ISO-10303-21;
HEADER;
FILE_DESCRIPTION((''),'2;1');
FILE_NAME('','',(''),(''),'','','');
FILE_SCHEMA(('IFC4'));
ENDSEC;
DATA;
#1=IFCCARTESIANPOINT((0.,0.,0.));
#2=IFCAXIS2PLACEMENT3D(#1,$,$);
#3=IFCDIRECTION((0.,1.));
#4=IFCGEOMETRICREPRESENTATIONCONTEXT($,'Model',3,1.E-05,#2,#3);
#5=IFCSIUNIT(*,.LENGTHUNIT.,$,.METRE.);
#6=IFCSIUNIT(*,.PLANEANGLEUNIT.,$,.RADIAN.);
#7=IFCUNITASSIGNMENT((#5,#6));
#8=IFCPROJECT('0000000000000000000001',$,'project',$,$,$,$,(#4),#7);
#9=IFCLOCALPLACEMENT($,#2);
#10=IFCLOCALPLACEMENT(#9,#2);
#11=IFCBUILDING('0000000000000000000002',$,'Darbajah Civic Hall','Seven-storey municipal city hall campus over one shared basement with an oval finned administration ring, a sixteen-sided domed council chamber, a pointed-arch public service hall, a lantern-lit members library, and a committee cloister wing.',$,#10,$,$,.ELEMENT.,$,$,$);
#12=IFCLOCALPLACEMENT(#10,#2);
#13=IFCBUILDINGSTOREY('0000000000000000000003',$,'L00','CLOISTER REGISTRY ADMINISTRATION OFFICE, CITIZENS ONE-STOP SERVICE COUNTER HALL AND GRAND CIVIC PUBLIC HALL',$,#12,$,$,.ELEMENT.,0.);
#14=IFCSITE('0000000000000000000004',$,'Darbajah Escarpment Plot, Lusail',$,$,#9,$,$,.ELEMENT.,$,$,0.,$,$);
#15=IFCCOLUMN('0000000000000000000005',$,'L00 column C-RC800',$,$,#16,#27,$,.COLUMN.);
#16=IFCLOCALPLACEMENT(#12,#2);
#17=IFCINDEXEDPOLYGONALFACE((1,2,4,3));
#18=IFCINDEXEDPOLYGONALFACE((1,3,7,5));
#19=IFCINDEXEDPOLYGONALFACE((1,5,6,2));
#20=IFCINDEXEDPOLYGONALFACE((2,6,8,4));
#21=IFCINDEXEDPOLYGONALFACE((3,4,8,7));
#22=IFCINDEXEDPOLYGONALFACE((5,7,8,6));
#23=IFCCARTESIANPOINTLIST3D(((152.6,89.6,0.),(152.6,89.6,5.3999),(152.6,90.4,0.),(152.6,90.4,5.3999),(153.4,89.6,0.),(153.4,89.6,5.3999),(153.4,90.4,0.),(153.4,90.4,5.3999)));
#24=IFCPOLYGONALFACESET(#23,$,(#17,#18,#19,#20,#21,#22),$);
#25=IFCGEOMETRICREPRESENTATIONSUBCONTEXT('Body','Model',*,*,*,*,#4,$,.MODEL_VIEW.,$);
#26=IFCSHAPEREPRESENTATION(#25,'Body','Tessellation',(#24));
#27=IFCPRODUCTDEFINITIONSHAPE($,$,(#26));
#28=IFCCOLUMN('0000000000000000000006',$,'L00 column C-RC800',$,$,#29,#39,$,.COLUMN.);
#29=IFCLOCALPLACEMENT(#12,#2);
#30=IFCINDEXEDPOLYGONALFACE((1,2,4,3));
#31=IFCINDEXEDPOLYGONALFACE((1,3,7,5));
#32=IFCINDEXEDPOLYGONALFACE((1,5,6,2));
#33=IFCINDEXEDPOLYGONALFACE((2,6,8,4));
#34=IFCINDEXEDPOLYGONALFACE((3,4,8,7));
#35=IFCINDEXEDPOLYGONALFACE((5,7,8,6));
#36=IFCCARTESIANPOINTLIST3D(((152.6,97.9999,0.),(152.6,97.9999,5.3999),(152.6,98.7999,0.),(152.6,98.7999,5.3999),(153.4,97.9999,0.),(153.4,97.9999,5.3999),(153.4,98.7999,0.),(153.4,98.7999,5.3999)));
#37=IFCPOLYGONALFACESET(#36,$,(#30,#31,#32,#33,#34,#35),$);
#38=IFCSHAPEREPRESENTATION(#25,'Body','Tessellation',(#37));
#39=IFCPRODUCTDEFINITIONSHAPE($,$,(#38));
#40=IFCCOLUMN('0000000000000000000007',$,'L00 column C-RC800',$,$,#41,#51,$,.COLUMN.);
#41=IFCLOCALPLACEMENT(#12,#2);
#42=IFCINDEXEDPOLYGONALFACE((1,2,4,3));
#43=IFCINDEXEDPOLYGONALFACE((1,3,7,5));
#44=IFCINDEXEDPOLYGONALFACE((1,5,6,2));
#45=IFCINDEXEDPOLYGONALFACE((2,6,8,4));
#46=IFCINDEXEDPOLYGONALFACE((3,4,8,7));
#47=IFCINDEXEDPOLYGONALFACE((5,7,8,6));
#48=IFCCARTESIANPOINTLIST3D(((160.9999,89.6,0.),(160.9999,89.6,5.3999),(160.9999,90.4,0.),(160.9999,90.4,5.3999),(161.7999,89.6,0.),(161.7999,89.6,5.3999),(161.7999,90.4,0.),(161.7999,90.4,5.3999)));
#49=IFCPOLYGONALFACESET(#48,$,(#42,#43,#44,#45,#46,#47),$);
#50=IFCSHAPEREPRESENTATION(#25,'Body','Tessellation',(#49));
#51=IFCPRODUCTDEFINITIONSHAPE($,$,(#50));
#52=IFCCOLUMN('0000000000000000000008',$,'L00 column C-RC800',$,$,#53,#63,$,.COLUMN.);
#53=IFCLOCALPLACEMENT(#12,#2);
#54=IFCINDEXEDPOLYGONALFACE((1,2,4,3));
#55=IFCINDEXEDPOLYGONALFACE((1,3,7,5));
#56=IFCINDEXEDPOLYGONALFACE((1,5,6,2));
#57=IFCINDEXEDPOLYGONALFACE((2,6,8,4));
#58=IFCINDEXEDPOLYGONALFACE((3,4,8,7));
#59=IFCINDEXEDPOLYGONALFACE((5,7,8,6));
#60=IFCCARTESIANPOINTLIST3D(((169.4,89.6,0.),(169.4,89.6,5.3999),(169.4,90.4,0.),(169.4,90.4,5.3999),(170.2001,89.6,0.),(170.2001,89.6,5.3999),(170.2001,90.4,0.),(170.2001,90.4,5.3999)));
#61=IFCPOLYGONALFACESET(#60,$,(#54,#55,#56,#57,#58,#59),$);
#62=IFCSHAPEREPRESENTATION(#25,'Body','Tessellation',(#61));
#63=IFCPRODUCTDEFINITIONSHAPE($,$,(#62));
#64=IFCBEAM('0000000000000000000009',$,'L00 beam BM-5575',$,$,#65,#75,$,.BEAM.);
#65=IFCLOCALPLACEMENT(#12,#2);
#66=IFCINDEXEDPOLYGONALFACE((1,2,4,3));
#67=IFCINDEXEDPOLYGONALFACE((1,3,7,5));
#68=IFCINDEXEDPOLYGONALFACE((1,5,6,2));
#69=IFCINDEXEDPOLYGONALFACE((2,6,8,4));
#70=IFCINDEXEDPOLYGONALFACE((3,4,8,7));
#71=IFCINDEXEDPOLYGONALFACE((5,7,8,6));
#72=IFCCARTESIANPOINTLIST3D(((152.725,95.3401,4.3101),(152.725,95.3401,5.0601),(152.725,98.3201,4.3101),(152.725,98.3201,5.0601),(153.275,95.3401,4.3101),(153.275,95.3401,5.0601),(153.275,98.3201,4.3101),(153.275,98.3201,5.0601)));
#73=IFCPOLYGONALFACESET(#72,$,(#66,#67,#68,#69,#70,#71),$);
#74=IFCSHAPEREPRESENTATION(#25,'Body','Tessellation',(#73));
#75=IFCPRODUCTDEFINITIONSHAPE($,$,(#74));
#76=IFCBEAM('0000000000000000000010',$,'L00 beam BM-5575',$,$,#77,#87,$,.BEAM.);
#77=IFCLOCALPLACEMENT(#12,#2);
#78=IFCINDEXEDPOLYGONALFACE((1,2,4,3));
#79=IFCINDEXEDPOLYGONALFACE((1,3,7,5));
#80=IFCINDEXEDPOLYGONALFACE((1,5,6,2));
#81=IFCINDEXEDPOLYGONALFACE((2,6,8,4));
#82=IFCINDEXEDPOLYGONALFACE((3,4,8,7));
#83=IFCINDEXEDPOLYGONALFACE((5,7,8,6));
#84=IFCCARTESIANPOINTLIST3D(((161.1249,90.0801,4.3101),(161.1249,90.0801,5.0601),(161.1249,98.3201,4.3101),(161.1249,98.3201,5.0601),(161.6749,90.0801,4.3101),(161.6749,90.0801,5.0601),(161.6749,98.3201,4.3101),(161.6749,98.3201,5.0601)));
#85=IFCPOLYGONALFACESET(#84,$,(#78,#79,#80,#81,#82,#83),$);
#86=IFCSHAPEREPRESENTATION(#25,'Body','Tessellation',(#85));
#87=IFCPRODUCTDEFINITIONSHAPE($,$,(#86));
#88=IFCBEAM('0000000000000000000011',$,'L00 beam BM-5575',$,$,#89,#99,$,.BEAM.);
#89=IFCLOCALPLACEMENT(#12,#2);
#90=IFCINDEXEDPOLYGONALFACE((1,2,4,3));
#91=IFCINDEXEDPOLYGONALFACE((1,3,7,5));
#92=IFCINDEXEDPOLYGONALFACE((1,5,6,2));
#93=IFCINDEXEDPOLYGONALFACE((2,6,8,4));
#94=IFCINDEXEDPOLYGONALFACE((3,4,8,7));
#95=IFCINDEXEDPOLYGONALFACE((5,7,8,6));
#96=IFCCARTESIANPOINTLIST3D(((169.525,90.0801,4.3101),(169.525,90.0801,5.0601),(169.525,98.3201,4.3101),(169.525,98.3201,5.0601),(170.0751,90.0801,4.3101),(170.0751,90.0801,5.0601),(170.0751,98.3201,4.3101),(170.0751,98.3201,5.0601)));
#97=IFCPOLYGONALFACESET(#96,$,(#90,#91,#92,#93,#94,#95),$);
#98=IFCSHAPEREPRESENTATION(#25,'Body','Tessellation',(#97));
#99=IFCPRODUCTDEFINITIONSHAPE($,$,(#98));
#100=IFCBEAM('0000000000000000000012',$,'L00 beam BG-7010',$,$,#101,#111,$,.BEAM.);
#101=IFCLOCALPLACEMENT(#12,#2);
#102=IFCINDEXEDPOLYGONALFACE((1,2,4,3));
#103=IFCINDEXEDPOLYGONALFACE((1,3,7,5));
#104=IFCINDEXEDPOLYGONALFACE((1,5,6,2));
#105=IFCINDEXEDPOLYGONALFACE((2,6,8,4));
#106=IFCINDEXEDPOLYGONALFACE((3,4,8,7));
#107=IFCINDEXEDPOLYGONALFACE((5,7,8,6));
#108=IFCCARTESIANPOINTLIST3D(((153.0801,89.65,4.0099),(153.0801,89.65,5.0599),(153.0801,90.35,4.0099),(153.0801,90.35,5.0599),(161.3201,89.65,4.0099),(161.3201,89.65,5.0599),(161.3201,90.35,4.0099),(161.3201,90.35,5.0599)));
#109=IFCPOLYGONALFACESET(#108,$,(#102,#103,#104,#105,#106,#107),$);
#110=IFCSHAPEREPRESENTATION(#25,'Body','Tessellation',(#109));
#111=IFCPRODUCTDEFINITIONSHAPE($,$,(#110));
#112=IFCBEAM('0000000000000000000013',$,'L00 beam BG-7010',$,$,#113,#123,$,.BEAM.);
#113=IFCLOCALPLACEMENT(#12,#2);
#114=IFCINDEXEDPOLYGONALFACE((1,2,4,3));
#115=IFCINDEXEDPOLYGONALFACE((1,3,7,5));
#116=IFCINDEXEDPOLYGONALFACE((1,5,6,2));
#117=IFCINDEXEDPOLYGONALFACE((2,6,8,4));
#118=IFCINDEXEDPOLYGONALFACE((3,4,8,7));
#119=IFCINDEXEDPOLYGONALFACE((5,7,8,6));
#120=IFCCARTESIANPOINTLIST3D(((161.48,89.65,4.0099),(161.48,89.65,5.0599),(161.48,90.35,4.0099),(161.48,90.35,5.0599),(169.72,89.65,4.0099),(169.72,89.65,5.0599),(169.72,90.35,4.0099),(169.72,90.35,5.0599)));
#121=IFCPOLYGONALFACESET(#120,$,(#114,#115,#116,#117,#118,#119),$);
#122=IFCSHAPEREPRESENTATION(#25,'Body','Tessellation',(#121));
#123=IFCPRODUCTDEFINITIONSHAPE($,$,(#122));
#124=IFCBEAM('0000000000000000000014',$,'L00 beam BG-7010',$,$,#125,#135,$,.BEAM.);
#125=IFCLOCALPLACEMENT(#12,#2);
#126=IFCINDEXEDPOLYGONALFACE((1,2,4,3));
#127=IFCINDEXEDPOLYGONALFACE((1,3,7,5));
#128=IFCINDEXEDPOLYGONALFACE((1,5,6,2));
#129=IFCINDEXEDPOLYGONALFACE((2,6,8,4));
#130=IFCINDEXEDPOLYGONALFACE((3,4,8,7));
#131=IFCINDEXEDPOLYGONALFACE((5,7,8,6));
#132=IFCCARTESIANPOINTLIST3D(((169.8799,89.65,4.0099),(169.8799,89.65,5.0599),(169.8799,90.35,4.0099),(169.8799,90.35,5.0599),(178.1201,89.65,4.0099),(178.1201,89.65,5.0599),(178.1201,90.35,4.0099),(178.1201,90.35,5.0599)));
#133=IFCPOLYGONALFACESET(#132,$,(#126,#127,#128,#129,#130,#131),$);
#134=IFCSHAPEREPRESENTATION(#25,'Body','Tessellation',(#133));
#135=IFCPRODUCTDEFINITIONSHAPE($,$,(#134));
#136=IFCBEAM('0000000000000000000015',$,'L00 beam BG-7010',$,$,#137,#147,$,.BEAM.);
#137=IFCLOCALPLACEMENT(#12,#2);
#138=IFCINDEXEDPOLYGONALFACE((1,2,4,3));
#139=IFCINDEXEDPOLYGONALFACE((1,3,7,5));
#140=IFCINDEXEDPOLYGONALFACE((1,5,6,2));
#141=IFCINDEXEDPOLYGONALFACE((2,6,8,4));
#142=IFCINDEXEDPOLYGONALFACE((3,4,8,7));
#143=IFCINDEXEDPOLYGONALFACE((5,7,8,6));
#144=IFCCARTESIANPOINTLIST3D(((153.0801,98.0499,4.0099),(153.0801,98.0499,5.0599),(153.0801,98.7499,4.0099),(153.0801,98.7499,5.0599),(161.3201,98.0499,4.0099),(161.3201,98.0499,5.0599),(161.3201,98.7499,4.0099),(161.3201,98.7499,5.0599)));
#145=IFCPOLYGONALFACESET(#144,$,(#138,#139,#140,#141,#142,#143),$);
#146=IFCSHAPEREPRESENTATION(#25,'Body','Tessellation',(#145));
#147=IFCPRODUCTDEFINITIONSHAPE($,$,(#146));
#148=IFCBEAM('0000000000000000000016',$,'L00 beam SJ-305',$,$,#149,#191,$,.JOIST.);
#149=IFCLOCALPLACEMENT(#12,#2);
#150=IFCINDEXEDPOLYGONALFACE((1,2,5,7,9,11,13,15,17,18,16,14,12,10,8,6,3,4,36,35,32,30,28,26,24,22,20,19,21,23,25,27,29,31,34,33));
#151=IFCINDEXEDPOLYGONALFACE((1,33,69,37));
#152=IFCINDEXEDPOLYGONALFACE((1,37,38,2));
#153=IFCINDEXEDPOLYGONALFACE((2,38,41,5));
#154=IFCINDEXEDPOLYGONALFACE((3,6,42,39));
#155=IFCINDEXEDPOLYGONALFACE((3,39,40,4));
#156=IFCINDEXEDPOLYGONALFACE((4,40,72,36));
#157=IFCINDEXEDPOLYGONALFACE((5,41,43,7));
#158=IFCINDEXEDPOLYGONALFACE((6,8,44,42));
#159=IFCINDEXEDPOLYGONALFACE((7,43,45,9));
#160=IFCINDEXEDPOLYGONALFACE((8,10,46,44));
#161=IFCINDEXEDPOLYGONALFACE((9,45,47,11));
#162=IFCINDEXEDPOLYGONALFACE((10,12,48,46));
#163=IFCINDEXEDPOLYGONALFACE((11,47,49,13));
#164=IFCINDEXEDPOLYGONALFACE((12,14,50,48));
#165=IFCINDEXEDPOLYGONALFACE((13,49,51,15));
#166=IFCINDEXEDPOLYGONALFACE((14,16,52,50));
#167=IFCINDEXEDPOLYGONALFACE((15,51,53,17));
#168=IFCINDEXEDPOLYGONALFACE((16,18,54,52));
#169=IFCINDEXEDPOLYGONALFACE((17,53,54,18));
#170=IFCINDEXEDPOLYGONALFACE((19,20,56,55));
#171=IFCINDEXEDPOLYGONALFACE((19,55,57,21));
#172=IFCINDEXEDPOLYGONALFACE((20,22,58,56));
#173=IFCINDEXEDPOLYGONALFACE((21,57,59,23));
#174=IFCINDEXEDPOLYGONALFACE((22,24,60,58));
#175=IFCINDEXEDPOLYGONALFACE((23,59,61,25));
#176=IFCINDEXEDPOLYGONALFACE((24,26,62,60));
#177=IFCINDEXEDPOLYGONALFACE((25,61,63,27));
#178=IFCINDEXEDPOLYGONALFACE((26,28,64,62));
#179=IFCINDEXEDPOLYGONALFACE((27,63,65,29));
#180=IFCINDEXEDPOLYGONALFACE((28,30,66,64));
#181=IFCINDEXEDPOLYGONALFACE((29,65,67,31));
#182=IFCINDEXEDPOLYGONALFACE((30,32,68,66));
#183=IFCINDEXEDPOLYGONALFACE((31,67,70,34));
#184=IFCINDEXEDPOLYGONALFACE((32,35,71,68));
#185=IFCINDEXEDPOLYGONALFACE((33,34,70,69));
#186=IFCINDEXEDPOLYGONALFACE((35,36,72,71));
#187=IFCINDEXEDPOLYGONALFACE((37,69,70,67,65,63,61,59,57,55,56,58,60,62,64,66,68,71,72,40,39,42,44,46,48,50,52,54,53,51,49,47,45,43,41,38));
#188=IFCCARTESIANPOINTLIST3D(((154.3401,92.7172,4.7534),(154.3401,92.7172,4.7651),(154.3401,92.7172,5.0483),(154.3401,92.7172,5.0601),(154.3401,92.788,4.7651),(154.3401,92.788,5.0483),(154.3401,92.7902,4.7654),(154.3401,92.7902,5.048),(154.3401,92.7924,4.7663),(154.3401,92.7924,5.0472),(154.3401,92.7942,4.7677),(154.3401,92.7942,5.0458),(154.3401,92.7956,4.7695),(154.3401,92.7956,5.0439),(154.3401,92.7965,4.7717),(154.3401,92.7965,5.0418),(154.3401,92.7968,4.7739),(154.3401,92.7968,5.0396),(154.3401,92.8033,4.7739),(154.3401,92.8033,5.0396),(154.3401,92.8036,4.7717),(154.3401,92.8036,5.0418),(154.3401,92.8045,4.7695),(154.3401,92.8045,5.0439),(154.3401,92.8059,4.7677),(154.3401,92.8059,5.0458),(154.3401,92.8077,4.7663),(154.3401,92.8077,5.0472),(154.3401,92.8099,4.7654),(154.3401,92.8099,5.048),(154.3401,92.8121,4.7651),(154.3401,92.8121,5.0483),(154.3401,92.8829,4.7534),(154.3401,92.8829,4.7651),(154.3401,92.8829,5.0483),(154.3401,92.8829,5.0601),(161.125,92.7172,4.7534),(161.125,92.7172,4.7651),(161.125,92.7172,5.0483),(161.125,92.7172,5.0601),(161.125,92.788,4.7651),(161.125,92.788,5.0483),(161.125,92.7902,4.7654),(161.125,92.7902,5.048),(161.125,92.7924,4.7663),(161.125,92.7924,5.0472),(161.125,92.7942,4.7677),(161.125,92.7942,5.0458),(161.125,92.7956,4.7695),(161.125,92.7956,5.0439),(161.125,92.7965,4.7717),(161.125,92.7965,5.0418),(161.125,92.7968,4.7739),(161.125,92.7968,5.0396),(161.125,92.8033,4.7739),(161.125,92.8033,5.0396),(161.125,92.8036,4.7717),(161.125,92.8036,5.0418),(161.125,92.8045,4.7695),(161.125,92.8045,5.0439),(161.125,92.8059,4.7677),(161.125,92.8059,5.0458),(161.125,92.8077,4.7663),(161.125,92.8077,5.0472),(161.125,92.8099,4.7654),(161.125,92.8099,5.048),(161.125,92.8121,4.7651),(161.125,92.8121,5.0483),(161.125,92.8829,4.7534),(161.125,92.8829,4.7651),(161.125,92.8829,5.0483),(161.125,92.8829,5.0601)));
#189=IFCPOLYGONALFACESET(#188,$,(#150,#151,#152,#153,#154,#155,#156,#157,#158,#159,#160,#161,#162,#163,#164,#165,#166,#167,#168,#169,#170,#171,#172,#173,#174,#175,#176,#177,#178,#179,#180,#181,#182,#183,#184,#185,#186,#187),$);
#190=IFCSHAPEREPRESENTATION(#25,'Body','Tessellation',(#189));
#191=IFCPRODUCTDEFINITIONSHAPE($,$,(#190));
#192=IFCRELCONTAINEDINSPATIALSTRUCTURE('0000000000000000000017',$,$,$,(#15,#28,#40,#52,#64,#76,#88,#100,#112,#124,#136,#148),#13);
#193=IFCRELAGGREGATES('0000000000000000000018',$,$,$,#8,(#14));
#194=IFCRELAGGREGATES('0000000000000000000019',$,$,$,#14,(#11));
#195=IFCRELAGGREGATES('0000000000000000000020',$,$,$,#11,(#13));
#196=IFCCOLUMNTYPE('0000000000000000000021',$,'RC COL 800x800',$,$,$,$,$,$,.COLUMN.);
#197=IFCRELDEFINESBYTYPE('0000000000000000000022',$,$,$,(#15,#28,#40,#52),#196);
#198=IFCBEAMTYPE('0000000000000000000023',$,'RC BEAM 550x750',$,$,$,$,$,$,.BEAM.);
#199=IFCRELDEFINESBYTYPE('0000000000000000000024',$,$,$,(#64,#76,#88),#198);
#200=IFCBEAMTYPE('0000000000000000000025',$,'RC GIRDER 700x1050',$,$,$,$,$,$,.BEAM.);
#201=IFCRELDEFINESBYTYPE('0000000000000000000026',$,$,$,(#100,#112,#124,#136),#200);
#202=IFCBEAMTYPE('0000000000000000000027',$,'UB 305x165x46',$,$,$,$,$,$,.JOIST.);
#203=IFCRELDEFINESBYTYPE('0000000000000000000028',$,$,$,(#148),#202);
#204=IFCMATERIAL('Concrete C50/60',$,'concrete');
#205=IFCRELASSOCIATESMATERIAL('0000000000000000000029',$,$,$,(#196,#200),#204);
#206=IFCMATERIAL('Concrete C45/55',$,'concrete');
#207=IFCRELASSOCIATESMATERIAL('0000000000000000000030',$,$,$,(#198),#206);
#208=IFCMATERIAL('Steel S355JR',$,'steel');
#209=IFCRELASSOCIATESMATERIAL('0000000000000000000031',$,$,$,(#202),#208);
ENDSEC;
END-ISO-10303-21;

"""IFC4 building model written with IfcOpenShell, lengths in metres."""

from ifc_helpers import new_model, si_unit, direction, frame, origin, origin_2d, place, context, subcontext, project, spatial, rectangle, i_section, extrude, material, material_profile, profile_set, type_object, element, save


model = new_model("IFC4")

# Units and contexts
model_context = context("Model", 3, precision=1e-05, world=origin(), true_north=direction((0.0, 1.0)))
body_context = subcontext(model_context, "Body", "Model", "MODEL_VIEW")
ifc_project = project(units=[si_unit("LENGTHUNIT", "METRE"), si_unit("PLANEANGLEUNIT", "RADIAN")], contexts=[model_context])

# Site, building, storey
site_placement = place(None, origin())
site = spatial("IfcSite", under=ifc_project, at=site_placement, Name="Darbajah Escarpment Plot, Lusail", CompositionType="ELEMENT", RefElevation=0.0)
building_placement = place(site_placement, origin())
building = spatial("IfcBuilding", under=site, at=building_placement, Name="Darbajah Civic Hall", Description="Seven-storey municipal city hall campus over one shared basement with an oval finned administration ring, a sixteen-sided domed council chamber, a pointed-arch public service hall, a lantern-lit members library, and a committee cloister wing.", CompositionType="ELEMENT")
storey_placement = place(building_placement, origin())
storey = spatial("IfcBuildingStorey", under=building, at=storey_placement, Name="L00", Description="CLOISTER REGISTRY ADMINISTRATION OFFICE, CITIZENS ONE-STOP SERVICE COUNTER HALL AND GRAND CIVIC PUBLIC HALL", CompositionType="ELEMENT", Elevation=0.0)

# Columns
ifc_material_1 = material(Name="Concrete C50/60", Category="concrete")
ifc_material_profile_1 = material_profile(ifc_material_1, rectangle(XDim=0.8, YDim=0.8, at=origin_2d()), Name="RC COL 800x800")
ifc_profile_set_1 = profile_set([ifc_material_profile_1], Name="Concrete C50/60")
column_type = type_object("IfcColumnType", Name="RC COL 800x800", PredefinedType="COLUMN", material=ifc_profile_set_1)
for number, where, z_axis, x_axis, name in (
    (1, (153.0, 90.0, 0.0), (0.0, 0.0, 1.0), (1.0, 0.0, 0.0), "L00 column C-RC800"),
    (2, (153.0, 98.3999, 0.0), (0.0, 0.0, 1.0), (1.0, 0.0, 0.0), "L00 column C-RC800"),
    (3, (161.3999, 90.0, 0.0), (0.0, 0.0, 1.0), (1.0, 0.0, 0.0), "L00 column C-RC800"),
    (4, (169.8, 90.0, 0.0), (0.0, 0.0, 1.0), (1.0, 0.0, 0.0), "L00 column C-RC800"),
):
    element("IfcColumn", number, at=place(storey_placement, frame(where, z_axis=z_axis, x_axis=x_axis)), inside=storey, type_object=column_type, Name=name, PredefinedType="COLUMN", context=body_context, shape_type="SweptSolid", body=[
        extrude(rectangle(XDim=0.8, YDim=0.8, at=origin_2d()), origin(), (0.0, 0.0, 1.0), 5.3999),
    ])

# Beams
ifc_material_2 = material(Name="Concrete C45/55", Category="concrete")
ifc_material_profile_2 = material_profile(ifc_material_2, rectangle(XDim=0.55, YDim=0.75, at=origin_2d()), Name="RC BEAM 550x750")
ifc_profile_set_2 = profile_set([ifc_material_profile_2], Name="Concrete C45/55")
beam_type_1 = type_object("IfcBeamType", Name="RC BEAM 550x750", PredefinedType="BEAM", material=ifc_profile_set_2)
beam_1_placement = place(storey_placement, frame((153.0, 95.3401, 4.6851), z_axis=(0.0, 1.0, 0.0), x_axis=(-1.0, 0.0, 0.0)))
element("IfcBeam", 5, at=beam_1_placement, inside=storey, type_object=beam_type_1, Name="L00 beam BM-5575", PredefinedType="BEAM", context=body_context, shape_type="SweptSolid", body=[
    extrude(rectangle(XDim=0.55, YDim=0.75, at=origin_2d()), origin(), (0.0, 0.0, 1.0), 2.98),
])
for number, where, z_axis, x_axis, name in (
    (6, (161.3999, 90.0801, 4.6851), (0.0, 1.0, 0.0), (-1.0, 0.0, 0.0), "L00 beam BM-5575"),
    (7, (169.8, 90.0801, 4.6851), (0.0, 1.0, 0.0), (-1.0, 0.0, 0.0), "L00 beam BM-5575"),
):
    element("IfcBeam", number, at=place(storey_placement, frame(where, z_axis=z_axis, x_axis=x_axis)), inside=storey, type_object=beam_type_1, Name=name, PredefinedType="BEAM", context=body_context, shape_type="SweptSolid", body=[
        extrude(rectangle(XDim=0.55, YDim=0.75, at=origin_2d()), origin(), (0.0, 0.0, 1.0), 8.24),
    ])
ifc_material_profile_3 = material_profile(ifc_material_1, rectangle(XDim=0.7, YDim=1.05, at=origin_2d()), Name="RC GIRDER 700x1050")
ifc_profile_set_3 = profile_set([ifc_material_profile_3], Name="Concrete C50/60")
beam_type_2 = type_object("IfcBeamType", Name="RC GIRDER 700x1050", PredefinedType="BEAM", material=ifc_profile_set_3)
for number, where, z_axis, x_axis, name in (
    (8, (153.0801, 90.0, 4.5349), (1.0, 0.0, 0.0), (0.0, 1.0, 0.0), "L00 beam BG-7010"),
    (9, (161.48, 90.0, 4.5349), (1.0, 0.0, 0.0), (0.0, 1.0, 0.0), "L00 beam BG-7010"),
):
    element("IfcBeam", number, at=place(storey_placement, frame(where, z_axis=z_axis, x_axis=x_axis)), inside=storey, type_object=beam_type_2, Name=name, PredefinedType="BEAM", context=body_context, shape_type="SweptSolid", body=[
        extrude(rectangle(XDim=0.7, YDim=1.05, at=origin_2d()), origin(), (0.0, 0.0, 1.0), 8.24),
    ])
beam_2_placement = place(storey_placement, frame((169.8799, 90.0, 4.5349), z_axis=(1.0, 0.0, 0.0), x_axis=(0.0, 1.0, 0.0)))
element("IfcBeam", 10, at=beam_2_placement, inside=storey, type_object=beam_type_2, Name="L00 beam BG-7010", PredefinedType="BEAM", context=body_context, shape_type="SweptSolid", body=[
    extrude(rectangle(XDim=0.7, YDim=1.05, at=origin_2d()), origin(), (0.0, 0.0, 1.0), 8.2402),
])
beam_3_placement = place(storey_placement, frame((153.0801, 98.3999, 4.5349), z_axis=(1.0, 0.0, 0.0), x_axis=(0.0, 1.0, 0.0)))
element("IfcBeam", 11, at=beam_3_placement, inside=storey, type_object=beam_type_2, Name="L00 beam BG-7010", PredefinedType="BEAM", context=body_context, shape_type="SweptSolid", body=[
    extrude(rectangle(XDim=0.7, YDim=1.05, at=origin_2d()), origin(), (0.0, 0.0, 1.0), 8.24),
])
ifc_material_3 = material(Name="Steel S355JR", Category="steel")
ifc_material_profile_4 = material_profile(ifc_material_3, i_section(OverallWidth=0.1658, OverallDepth=0.3066, WebThickness=0.0066, FlangeThickness=0.0117, FilletRadius=0.0088, at=origin_2d()), Name="UB 305x165x46")
ifc_profile_set_4 = profile_set([ifc_material_profile_4], Name="Steel S355JR")
beam_type_3 = type_object("IfcBeamType", Name="UB 305x165x46", PredefinedType="JOIST", material=ifc_profile_set_4)
beam_4_placement = place(storey_placement, frame((154.3401, 92.8, 4.9067), z_axis=(1.0, 0.0, 0.0), x_axis=(0.0, 1.0, 0.0)))
element("IfcBeam", 12, at=beam_4_placement, inside=storey, type_object=beam_type_3, Name="L00 beam SJ-305", PredefinedType="JOIST", context=body_context, shape_type="SweptSolid", body=[
    extrude(i_section(OverallWidth=0.1658, OverallDepth=0.3066, WebThickness=0.0066, FlangeThickness=0.0117, FilletRadius=0.0088, at=origin_2d()), origin(), (0.0, 0.0, 1.0), 6.7849),
])

save(model, "model.ifc")
